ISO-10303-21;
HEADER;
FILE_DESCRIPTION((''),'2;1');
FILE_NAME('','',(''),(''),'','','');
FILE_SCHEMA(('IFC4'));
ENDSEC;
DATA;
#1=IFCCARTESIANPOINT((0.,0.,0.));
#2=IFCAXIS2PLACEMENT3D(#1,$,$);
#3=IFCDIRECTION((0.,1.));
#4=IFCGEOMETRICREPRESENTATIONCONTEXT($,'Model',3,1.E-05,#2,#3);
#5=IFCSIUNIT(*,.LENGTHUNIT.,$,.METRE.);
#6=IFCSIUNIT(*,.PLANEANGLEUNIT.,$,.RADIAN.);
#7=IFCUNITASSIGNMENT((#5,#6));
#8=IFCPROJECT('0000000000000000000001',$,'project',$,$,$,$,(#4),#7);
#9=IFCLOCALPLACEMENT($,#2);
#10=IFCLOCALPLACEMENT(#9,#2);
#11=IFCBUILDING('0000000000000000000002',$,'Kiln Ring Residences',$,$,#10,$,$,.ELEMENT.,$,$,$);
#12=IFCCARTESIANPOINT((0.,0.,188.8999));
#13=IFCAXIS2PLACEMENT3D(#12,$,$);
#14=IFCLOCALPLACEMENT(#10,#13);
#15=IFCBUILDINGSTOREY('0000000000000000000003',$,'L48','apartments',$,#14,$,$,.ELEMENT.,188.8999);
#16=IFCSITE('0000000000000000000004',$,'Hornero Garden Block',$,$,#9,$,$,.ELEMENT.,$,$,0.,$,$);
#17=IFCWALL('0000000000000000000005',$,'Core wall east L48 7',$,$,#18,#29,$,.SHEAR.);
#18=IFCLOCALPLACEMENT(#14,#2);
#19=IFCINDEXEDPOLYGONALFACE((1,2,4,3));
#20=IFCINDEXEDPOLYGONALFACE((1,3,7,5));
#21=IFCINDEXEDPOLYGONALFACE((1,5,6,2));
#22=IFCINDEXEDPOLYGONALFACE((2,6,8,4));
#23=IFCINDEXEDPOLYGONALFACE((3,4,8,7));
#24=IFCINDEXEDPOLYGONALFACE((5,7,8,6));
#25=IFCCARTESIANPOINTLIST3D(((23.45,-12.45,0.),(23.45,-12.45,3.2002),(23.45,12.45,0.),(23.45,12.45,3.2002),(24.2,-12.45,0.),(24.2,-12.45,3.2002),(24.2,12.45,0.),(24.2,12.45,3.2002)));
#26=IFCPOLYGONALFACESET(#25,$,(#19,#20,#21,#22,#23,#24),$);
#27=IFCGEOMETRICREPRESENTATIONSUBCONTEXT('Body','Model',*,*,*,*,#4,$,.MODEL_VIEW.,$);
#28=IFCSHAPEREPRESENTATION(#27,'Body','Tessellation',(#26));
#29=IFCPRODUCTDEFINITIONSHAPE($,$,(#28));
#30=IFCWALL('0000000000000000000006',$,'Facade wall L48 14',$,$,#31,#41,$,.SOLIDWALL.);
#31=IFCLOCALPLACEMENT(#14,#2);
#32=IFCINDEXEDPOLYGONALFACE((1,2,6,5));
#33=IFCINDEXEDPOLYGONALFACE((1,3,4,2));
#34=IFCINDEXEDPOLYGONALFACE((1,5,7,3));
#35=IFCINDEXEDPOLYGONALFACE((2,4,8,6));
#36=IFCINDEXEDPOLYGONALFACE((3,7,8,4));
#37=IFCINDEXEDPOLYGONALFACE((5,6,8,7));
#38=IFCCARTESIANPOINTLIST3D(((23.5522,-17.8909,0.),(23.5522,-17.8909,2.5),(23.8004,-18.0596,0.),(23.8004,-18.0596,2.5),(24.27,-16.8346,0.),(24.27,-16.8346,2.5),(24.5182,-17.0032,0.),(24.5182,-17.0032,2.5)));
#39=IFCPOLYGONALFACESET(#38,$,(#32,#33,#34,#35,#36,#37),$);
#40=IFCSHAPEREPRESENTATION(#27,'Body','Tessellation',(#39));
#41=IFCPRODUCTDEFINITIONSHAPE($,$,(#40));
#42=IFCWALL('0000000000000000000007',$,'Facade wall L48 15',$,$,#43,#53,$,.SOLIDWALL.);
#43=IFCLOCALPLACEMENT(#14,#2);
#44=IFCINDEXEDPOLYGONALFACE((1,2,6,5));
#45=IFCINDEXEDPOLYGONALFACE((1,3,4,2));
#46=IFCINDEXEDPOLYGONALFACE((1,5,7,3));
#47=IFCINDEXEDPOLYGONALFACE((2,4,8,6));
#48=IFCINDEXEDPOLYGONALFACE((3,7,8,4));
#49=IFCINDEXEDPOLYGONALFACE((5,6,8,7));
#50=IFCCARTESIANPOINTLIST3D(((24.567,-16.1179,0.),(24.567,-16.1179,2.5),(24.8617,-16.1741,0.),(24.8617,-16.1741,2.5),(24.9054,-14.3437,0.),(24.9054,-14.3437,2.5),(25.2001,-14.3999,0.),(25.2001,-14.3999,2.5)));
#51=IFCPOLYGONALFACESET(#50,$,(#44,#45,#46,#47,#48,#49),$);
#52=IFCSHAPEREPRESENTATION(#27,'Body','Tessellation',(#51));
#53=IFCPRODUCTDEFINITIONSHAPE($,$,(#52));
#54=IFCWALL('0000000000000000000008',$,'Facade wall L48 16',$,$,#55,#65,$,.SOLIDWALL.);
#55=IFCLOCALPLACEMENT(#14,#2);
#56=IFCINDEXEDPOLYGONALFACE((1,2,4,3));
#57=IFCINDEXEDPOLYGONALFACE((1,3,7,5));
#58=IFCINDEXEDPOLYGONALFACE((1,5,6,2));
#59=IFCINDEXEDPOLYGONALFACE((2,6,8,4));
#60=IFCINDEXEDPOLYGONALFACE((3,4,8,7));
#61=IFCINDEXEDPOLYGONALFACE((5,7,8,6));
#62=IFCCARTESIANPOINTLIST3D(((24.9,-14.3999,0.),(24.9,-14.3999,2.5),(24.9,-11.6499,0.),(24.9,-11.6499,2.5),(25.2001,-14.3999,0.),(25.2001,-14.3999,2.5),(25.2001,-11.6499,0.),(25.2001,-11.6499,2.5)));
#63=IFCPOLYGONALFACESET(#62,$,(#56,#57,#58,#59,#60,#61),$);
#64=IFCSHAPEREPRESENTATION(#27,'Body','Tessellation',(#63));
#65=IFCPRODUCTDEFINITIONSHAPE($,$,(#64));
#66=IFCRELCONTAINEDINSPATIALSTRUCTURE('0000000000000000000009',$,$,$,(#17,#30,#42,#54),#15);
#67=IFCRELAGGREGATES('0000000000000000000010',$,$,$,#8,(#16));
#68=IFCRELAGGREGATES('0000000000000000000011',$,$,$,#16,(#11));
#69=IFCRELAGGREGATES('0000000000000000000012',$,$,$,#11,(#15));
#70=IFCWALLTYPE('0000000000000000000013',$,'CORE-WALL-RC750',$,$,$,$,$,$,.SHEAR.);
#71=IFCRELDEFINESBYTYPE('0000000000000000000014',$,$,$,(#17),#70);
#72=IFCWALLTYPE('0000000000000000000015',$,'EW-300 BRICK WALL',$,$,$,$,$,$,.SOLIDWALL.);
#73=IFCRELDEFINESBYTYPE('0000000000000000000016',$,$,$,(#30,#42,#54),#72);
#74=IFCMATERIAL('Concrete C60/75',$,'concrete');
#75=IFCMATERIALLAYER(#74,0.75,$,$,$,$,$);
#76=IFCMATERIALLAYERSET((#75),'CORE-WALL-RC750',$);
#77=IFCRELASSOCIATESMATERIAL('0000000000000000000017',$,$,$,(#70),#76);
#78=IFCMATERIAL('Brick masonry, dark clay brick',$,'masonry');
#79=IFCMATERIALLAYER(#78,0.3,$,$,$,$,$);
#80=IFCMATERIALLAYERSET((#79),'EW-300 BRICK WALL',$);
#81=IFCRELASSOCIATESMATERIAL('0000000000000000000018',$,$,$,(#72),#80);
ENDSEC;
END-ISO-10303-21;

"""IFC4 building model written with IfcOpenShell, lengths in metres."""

from ifc_helpers import new_model, si_unit, direction, frame, frame_2d, origin, place, context, subcontext, project, spatial, rectangle, extrude, material, layer, layer_set, type_object, element, save


model = new_model("IFC4")

# Units and contexts
model_context = context("Model", 3, precision=1e-05, world=origin(), true_north=direction((0.0, 1.0)))
body_context = subcontext(model_context, "Body", "Model", "MODEL_VIEW")
ifc_project = project(units=[si_unit("LENGTHUNIT", "METRE"), si_unit("PLANEANGLEUNIT", "RADIAN")], contexts=[model_context])

# Site, building, storey
site_placement = place(None, origin())
site = spatial("IfcSite", under=ifc_project, at=site_placement, Name="Hornero Garden Block", CompositionType="ELEMENT", RefElevation=0.0)
building_placement = place(site_placement, origin())
building = spatial("IfcBuilding", under=site, at=building_placement, Name="Kiln Ring Residences", CompositionType="ELEMENT")
storey_placement = place(building_placement, frame((0.0, 0.0, 188.8999)))
storey = spatial("IfcBuildingStorey", under=building, at=storey_placement, Name="L48", Description="apartments", CompositionType="ELEMENT", Elevation=188.8999)

# Walls
ifc_material_1 = material(Name="Concrete C60/75", Category="concrete")
ifc_layer_1 = layer(ifc_material_1, 0.75)
ifc_layer_set_1 = layer_set([ifc_layer_1], Name="CORE-WALL-RC750")
wall_type_1 = type_object("IfcWallType", Name="CORE-WALL-RC750", PredefinedType="SHEAR", material=ifc_layer_set_1)
wall_1_placement = place(storey_placement, frame((23.825, -12.45, 0.0), z_axis=(0.0, 0.0, 1.0), x_axis=(0.0, 1.0, 0.0)))
element("IfcWall", 1, at=wall_1_placement, inside=storey, type_object=wall_type_1, Name="Core wall east L48 7", PredefinedType="SHEAR", context=body_context, shape_type="SweptSolid", body=[
    extrude(rectangle(XDim=24.8999, YDim=0.75, at=frame_2d((12.45, 0.0))), origin(), (0.0, 0.0, 1.0), 3.2002),
])
ifc_material_2 = material(Name="Brick masonry, dark clay brick", Category="masonry")
ifc_layer_2 = layer(ifc_material_2, 0.3)
ifc_layer_set_2 = layer_set([ifc_layer_2], Name="EW-300 BRICK WALL")
wall_type_2 = type_object("IfcWallType", Name="EW-300 BRICK WALL", PredefinedType="SOLIDWALL", material=ifc_layer_set_2)
wall_2_placement = place(storey_placement, frame((23.6763, -17.9753, 0.0), z_axis=(0.0, 0.0, 1.0), x_axis=(0.562001, 0.827136, 0.0)))
element("IfcWall", 2, at=wall_2_placement, inside=storey, type_object=wall_type_2, Name="Facade wall L48 14", PredefinedType="SOLIDWALL", context=body_context, shape_type="SweptSolid", body=[
    extrude(rectangle(XDim=1.2771, YDim=0.3, at=frame_2d((0.6387, 0.0))), origin(), (0.0, 0.0, 1.0), 2.5),
])
wall_3_placement = place(storey_placement, frame((24.7144, -16.146, 0.0), z_axis=(0.0, 0.0, 1.0), x_axis=(0.187348, 0.982294, 0.0)))
element("IfcWall", 3, at=wall_3_placement, inside=storey, type_object=wall_type_2, Name="Facade wall L48 15", PredefinedType="SOLIDWALL", context=body_context, shape_type="SweptSolid", body=[
    extrude(rectangle(XDim=1.8062, YDim=0.3, at=frame_2d((0.9031, 0.0))), origin(), (0.0, 0.0, 1.0), 2.5),
])
wall_4_placement = place(storey_placement, frame((25.05, -14.3999, 0.0), z_axis=(0.0, 0.0, 1.0), x_axis=(0.0, 1.0, 0.0)))
element("IfcWall", 4, at=wall_4_placement, inside=storey, type_object=wall_type_2, Name="Facade wall L48 16", PredefinedType="SOLIDWALL", context=body_context, shape_type="SweptSolid", body=[
    extrude(rectangle(XDim=2.75, YDim=0.3, at=frame_2d((1.375, 0.0))), origin(), (0.0, 0.0, 1.0), 2.5),
])

save(model, "model.ifc")
